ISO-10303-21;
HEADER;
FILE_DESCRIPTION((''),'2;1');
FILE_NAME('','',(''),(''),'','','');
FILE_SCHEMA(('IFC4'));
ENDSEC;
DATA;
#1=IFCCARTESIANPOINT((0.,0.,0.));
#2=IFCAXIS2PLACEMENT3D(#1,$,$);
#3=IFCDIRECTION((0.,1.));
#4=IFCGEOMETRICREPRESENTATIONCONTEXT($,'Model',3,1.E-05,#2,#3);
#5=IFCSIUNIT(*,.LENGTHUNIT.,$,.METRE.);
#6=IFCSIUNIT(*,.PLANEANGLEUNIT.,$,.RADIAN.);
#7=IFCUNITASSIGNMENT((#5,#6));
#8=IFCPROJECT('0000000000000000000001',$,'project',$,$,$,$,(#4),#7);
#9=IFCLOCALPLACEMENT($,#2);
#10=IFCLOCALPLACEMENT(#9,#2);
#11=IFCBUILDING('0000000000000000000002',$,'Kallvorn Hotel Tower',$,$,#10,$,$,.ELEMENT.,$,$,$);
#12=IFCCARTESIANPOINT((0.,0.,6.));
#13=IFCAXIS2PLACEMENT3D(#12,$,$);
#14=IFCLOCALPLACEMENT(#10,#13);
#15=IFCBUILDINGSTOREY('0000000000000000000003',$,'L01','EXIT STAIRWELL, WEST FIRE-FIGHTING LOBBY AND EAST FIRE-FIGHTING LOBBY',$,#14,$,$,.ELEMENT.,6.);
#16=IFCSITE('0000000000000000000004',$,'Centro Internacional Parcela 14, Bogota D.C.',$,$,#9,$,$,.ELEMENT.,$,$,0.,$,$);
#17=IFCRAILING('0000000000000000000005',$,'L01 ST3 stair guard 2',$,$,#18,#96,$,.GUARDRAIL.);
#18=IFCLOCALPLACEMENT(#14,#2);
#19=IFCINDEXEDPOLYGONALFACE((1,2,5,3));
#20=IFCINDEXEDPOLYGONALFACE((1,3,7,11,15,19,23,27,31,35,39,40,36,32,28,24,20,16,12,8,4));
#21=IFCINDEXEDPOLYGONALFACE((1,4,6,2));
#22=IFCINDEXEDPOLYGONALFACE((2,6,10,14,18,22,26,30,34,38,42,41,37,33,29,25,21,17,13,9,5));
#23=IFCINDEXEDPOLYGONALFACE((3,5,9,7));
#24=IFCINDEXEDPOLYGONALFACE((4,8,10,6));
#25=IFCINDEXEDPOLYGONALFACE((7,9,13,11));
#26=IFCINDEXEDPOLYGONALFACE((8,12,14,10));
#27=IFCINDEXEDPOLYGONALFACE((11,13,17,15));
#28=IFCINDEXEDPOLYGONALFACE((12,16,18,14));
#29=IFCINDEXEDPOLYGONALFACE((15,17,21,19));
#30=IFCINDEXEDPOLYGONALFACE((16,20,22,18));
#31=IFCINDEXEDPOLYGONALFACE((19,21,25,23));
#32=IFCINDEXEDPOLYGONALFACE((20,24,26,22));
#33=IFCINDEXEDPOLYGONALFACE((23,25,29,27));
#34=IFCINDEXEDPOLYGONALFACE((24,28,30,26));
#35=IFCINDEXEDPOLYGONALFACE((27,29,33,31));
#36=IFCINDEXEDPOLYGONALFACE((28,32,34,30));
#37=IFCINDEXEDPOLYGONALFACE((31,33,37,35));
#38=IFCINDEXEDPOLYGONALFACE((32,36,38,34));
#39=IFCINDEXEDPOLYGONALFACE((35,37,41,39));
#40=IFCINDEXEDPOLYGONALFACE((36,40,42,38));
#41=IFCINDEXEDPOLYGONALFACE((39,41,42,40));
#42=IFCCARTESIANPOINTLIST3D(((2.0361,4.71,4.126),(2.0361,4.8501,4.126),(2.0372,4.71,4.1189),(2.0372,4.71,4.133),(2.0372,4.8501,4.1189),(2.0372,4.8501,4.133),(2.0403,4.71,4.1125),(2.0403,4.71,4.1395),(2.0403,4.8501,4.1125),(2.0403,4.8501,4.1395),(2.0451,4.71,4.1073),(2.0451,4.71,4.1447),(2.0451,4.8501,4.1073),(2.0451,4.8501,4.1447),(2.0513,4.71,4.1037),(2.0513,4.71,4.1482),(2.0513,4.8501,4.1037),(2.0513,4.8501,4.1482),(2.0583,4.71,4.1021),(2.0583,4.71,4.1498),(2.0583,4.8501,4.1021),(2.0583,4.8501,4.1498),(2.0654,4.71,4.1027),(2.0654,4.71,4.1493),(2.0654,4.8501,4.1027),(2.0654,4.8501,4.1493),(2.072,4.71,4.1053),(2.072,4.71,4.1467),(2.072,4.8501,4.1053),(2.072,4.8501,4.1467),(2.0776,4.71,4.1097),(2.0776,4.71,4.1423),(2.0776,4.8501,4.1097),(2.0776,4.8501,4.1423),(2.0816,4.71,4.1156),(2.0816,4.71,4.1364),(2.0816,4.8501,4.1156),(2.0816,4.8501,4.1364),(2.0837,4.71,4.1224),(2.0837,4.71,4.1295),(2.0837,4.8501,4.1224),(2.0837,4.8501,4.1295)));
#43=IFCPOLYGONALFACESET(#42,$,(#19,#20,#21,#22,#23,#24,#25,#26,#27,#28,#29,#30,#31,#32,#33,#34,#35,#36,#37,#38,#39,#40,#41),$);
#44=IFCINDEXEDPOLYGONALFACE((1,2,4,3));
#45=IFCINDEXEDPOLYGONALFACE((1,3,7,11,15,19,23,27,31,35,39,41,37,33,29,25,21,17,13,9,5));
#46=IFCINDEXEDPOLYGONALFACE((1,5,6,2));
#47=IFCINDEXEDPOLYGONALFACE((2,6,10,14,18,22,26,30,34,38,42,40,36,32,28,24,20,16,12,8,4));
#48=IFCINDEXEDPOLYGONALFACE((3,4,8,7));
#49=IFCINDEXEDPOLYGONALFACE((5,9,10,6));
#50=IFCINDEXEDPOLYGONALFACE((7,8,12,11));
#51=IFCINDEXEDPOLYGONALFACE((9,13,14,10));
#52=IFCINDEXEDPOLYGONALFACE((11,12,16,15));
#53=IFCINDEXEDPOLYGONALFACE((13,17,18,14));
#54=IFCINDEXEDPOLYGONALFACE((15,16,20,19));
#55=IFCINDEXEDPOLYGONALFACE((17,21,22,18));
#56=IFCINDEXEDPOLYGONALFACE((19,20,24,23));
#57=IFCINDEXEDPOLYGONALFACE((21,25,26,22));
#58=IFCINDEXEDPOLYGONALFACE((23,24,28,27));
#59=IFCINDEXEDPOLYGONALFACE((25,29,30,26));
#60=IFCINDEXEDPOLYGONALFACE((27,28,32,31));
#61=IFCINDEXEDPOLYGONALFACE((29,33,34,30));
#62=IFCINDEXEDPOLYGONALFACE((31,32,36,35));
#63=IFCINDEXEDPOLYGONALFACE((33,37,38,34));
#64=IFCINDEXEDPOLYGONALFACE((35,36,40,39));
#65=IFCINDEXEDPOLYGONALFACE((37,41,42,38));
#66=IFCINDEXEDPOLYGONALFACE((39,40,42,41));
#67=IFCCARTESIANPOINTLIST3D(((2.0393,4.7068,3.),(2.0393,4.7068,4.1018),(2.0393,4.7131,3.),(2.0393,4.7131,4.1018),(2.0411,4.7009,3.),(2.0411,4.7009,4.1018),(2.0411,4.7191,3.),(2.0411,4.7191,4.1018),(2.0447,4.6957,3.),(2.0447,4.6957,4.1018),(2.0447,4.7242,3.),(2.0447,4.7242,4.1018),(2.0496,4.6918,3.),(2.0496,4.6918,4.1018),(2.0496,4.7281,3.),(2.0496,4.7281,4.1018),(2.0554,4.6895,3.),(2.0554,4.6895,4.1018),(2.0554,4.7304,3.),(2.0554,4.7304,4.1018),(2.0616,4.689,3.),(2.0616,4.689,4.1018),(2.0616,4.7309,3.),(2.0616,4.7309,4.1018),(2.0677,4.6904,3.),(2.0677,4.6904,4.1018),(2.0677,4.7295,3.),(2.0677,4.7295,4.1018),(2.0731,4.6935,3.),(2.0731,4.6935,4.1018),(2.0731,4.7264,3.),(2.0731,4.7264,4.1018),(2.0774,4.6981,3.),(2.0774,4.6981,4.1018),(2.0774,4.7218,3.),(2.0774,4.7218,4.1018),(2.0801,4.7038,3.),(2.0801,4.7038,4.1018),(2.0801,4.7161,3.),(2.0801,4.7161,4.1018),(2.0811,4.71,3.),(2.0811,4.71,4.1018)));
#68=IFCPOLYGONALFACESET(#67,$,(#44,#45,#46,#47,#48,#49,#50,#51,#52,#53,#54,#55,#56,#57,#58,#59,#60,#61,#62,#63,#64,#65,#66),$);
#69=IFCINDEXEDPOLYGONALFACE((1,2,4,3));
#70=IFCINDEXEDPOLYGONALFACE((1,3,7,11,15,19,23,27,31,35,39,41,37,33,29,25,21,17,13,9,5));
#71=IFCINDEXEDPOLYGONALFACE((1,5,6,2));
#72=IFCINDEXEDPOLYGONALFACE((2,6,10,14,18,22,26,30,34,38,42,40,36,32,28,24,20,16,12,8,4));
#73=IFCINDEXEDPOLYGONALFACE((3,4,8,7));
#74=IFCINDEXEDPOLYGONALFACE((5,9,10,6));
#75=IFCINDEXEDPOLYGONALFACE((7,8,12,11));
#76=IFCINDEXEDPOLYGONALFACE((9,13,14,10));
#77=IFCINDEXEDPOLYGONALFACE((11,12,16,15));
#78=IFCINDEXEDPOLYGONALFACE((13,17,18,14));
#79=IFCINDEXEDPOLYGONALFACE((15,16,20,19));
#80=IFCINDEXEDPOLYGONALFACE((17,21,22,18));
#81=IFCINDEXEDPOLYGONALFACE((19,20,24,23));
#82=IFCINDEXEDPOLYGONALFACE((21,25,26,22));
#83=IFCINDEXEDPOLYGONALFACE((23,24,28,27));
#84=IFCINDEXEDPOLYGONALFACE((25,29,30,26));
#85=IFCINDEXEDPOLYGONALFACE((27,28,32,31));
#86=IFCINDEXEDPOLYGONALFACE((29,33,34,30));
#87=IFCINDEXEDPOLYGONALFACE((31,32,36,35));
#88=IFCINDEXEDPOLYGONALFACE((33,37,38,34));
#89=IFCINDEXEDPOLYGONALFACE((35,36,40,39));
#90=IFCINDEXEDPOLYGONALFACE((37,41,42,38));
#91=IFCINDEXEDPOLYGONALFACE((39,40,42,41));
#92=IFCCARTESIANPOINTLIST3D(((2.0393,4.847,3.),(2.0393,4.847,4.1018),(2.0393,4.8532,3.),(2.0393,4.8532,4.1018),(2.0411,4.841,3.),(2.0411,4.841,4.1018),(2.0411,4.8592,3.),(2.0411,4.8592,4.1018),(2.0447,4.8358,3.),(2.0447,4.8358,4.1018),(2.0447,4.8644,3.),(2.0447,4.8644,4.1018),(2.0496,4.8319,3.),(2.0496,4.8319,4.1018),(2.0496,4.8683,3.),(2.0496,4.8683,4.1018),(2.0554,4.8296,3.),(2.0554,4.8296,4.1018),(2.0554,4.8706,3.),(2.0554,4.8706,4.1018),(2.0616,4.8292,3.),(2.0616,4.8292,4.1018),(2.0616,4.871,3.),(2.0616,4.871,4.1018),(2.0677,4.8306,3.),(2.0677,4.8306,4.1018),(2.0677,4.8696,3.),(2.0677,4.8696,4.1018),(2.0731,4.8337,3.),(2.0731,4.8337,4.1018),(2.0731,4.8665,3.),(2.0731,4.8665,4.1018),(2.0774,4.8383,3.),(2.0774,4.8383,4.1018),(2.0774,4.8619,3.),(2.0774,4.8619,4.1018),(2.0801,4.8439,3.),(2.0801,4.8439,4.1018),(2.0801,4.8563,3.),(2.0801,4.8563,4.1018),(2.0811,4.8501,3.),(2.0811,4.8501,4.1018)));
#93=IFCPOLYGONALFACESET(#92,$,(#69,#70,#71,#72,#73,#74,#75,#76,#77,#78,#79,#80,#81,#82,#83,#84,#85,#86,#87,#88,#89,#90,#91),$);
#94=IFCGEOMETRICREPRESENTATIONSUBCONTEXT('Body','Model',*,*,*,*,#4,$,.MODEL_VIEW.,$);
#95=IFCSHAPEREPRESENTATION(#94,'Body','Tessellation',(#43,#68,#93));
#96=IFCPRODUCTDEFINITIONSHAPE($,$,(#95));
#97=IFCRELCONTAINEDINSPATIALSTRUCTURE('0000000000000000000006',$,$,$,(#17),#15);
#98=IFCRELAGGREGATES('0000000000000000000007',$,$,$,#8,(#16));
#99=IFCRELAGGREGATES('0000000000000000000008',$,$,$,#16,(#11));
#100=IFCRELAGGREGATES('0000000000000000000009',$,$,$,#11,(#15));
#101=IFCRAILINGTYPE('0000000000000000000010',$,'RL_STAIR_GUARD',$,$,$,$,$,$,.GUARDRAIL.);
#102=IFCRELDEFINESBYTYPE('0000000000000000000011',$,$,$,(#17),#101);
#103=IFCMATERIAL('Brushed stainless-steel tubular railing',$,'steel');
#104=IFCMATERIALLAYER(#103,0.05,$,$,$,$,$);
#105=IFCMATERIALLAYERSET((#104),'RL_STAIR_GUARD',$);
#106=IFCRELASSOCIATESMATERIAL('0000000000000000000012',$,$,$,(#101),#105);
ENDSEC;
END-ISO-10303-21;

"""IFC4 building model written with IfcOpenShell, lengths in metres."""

from ifc_helpers import new_model, si_unit, direction, frame, origin, origin_2d, place, context, subcontext, project, spatial, circle, extrude, material, layer, layer_set, type_object, element, save


model = new_model("IFC4")

# Units and contexts
model_context = context("Model", 3, precision=1e-05, world=origin(), true_north=direction((0.0, 1.0)))
body_context = subcontext(model_context, "Body", "Model", "MODEL_VIEW")
ifc_project = project(units=[si_unit("LENGTHUNIT", "METRE"), si_unit("PLANEANGLEUNIT", "RADIAN")], contexts=[model_context])

# Site, building, storey
site_placement = place(None, origin())
site = spatial("IfcSite", under=ifc_project, at=site_placement, Name="Centro Internacional Parcela 14, Bogota D.C.", CompositionType="ELEMENT", RefElevation=0.0)
building_placement = place(site_placement, origin())
building = spatial("IfcBuilding", under=site, at=building_placement, Name="Kallvorn Hotel Tower", CompositionType="ELEMENT")
storey_placement = place(building_placement, frame((0.0, 0.0, 6.0)))
storey = spatial("IfcBuildingStorey", under=building, at=storey_placement, Name="L01", Description="EXIT STAIRWELL, WEST FIRE-FIGHTING LOBBY AND EAST FIRE-FIGHTING LOBBY", CompositionType="ELEMENT", Elevation=6.0)

# Railing
ifc_material_1 = material(Name="Brushed stainless-steel tubular railing", Category="steel")
ifc_layer_1 = layer(ifc_material_1, 0.05)
ifc_layer_set_1 = layer_set([ifc_layer_1], Name="RL_STAIR_GUARD")
railing_type_1 = type_object("IfcRailingType", Name="RL_STAIR_GUARD", PredefinedType="GUARDRAIL", material=ifc_layer_set_1)
railing_1_placement = place(storey_placement, frame((2.0601, 4.71, 3.0)))
element("IfcRailing", 1, at=railing_1_placement, inside=storey, type_object=railing_type_1, Name="L01 ST3 stair guard 2", PredefinedType="GUARDRAIL", context=body_context, shape_type="SweptSolid", body=[
    extrude(circle(Radius=0.0239, at=origin_2d()), frame((0.0, 0.0, 1.126), z_axis=(0.0, 1.0, 0.0), x_axis=(-1.0, 0.0, 0.0)), (0.0, 0.0, 1.0), 0.1401),
    extrude(circle(Radius=0.021, at=origin_2d()), origin(), (0.0, 0.0, 1.0), 1.1018),
    extrude(circle(Radius=0.021, at=origin_2d()), frame((0.0, 0.1401, 0.0)), (0.0, 0.0, 1.0), 1.1018),
])

save(model, "model.ifc")
